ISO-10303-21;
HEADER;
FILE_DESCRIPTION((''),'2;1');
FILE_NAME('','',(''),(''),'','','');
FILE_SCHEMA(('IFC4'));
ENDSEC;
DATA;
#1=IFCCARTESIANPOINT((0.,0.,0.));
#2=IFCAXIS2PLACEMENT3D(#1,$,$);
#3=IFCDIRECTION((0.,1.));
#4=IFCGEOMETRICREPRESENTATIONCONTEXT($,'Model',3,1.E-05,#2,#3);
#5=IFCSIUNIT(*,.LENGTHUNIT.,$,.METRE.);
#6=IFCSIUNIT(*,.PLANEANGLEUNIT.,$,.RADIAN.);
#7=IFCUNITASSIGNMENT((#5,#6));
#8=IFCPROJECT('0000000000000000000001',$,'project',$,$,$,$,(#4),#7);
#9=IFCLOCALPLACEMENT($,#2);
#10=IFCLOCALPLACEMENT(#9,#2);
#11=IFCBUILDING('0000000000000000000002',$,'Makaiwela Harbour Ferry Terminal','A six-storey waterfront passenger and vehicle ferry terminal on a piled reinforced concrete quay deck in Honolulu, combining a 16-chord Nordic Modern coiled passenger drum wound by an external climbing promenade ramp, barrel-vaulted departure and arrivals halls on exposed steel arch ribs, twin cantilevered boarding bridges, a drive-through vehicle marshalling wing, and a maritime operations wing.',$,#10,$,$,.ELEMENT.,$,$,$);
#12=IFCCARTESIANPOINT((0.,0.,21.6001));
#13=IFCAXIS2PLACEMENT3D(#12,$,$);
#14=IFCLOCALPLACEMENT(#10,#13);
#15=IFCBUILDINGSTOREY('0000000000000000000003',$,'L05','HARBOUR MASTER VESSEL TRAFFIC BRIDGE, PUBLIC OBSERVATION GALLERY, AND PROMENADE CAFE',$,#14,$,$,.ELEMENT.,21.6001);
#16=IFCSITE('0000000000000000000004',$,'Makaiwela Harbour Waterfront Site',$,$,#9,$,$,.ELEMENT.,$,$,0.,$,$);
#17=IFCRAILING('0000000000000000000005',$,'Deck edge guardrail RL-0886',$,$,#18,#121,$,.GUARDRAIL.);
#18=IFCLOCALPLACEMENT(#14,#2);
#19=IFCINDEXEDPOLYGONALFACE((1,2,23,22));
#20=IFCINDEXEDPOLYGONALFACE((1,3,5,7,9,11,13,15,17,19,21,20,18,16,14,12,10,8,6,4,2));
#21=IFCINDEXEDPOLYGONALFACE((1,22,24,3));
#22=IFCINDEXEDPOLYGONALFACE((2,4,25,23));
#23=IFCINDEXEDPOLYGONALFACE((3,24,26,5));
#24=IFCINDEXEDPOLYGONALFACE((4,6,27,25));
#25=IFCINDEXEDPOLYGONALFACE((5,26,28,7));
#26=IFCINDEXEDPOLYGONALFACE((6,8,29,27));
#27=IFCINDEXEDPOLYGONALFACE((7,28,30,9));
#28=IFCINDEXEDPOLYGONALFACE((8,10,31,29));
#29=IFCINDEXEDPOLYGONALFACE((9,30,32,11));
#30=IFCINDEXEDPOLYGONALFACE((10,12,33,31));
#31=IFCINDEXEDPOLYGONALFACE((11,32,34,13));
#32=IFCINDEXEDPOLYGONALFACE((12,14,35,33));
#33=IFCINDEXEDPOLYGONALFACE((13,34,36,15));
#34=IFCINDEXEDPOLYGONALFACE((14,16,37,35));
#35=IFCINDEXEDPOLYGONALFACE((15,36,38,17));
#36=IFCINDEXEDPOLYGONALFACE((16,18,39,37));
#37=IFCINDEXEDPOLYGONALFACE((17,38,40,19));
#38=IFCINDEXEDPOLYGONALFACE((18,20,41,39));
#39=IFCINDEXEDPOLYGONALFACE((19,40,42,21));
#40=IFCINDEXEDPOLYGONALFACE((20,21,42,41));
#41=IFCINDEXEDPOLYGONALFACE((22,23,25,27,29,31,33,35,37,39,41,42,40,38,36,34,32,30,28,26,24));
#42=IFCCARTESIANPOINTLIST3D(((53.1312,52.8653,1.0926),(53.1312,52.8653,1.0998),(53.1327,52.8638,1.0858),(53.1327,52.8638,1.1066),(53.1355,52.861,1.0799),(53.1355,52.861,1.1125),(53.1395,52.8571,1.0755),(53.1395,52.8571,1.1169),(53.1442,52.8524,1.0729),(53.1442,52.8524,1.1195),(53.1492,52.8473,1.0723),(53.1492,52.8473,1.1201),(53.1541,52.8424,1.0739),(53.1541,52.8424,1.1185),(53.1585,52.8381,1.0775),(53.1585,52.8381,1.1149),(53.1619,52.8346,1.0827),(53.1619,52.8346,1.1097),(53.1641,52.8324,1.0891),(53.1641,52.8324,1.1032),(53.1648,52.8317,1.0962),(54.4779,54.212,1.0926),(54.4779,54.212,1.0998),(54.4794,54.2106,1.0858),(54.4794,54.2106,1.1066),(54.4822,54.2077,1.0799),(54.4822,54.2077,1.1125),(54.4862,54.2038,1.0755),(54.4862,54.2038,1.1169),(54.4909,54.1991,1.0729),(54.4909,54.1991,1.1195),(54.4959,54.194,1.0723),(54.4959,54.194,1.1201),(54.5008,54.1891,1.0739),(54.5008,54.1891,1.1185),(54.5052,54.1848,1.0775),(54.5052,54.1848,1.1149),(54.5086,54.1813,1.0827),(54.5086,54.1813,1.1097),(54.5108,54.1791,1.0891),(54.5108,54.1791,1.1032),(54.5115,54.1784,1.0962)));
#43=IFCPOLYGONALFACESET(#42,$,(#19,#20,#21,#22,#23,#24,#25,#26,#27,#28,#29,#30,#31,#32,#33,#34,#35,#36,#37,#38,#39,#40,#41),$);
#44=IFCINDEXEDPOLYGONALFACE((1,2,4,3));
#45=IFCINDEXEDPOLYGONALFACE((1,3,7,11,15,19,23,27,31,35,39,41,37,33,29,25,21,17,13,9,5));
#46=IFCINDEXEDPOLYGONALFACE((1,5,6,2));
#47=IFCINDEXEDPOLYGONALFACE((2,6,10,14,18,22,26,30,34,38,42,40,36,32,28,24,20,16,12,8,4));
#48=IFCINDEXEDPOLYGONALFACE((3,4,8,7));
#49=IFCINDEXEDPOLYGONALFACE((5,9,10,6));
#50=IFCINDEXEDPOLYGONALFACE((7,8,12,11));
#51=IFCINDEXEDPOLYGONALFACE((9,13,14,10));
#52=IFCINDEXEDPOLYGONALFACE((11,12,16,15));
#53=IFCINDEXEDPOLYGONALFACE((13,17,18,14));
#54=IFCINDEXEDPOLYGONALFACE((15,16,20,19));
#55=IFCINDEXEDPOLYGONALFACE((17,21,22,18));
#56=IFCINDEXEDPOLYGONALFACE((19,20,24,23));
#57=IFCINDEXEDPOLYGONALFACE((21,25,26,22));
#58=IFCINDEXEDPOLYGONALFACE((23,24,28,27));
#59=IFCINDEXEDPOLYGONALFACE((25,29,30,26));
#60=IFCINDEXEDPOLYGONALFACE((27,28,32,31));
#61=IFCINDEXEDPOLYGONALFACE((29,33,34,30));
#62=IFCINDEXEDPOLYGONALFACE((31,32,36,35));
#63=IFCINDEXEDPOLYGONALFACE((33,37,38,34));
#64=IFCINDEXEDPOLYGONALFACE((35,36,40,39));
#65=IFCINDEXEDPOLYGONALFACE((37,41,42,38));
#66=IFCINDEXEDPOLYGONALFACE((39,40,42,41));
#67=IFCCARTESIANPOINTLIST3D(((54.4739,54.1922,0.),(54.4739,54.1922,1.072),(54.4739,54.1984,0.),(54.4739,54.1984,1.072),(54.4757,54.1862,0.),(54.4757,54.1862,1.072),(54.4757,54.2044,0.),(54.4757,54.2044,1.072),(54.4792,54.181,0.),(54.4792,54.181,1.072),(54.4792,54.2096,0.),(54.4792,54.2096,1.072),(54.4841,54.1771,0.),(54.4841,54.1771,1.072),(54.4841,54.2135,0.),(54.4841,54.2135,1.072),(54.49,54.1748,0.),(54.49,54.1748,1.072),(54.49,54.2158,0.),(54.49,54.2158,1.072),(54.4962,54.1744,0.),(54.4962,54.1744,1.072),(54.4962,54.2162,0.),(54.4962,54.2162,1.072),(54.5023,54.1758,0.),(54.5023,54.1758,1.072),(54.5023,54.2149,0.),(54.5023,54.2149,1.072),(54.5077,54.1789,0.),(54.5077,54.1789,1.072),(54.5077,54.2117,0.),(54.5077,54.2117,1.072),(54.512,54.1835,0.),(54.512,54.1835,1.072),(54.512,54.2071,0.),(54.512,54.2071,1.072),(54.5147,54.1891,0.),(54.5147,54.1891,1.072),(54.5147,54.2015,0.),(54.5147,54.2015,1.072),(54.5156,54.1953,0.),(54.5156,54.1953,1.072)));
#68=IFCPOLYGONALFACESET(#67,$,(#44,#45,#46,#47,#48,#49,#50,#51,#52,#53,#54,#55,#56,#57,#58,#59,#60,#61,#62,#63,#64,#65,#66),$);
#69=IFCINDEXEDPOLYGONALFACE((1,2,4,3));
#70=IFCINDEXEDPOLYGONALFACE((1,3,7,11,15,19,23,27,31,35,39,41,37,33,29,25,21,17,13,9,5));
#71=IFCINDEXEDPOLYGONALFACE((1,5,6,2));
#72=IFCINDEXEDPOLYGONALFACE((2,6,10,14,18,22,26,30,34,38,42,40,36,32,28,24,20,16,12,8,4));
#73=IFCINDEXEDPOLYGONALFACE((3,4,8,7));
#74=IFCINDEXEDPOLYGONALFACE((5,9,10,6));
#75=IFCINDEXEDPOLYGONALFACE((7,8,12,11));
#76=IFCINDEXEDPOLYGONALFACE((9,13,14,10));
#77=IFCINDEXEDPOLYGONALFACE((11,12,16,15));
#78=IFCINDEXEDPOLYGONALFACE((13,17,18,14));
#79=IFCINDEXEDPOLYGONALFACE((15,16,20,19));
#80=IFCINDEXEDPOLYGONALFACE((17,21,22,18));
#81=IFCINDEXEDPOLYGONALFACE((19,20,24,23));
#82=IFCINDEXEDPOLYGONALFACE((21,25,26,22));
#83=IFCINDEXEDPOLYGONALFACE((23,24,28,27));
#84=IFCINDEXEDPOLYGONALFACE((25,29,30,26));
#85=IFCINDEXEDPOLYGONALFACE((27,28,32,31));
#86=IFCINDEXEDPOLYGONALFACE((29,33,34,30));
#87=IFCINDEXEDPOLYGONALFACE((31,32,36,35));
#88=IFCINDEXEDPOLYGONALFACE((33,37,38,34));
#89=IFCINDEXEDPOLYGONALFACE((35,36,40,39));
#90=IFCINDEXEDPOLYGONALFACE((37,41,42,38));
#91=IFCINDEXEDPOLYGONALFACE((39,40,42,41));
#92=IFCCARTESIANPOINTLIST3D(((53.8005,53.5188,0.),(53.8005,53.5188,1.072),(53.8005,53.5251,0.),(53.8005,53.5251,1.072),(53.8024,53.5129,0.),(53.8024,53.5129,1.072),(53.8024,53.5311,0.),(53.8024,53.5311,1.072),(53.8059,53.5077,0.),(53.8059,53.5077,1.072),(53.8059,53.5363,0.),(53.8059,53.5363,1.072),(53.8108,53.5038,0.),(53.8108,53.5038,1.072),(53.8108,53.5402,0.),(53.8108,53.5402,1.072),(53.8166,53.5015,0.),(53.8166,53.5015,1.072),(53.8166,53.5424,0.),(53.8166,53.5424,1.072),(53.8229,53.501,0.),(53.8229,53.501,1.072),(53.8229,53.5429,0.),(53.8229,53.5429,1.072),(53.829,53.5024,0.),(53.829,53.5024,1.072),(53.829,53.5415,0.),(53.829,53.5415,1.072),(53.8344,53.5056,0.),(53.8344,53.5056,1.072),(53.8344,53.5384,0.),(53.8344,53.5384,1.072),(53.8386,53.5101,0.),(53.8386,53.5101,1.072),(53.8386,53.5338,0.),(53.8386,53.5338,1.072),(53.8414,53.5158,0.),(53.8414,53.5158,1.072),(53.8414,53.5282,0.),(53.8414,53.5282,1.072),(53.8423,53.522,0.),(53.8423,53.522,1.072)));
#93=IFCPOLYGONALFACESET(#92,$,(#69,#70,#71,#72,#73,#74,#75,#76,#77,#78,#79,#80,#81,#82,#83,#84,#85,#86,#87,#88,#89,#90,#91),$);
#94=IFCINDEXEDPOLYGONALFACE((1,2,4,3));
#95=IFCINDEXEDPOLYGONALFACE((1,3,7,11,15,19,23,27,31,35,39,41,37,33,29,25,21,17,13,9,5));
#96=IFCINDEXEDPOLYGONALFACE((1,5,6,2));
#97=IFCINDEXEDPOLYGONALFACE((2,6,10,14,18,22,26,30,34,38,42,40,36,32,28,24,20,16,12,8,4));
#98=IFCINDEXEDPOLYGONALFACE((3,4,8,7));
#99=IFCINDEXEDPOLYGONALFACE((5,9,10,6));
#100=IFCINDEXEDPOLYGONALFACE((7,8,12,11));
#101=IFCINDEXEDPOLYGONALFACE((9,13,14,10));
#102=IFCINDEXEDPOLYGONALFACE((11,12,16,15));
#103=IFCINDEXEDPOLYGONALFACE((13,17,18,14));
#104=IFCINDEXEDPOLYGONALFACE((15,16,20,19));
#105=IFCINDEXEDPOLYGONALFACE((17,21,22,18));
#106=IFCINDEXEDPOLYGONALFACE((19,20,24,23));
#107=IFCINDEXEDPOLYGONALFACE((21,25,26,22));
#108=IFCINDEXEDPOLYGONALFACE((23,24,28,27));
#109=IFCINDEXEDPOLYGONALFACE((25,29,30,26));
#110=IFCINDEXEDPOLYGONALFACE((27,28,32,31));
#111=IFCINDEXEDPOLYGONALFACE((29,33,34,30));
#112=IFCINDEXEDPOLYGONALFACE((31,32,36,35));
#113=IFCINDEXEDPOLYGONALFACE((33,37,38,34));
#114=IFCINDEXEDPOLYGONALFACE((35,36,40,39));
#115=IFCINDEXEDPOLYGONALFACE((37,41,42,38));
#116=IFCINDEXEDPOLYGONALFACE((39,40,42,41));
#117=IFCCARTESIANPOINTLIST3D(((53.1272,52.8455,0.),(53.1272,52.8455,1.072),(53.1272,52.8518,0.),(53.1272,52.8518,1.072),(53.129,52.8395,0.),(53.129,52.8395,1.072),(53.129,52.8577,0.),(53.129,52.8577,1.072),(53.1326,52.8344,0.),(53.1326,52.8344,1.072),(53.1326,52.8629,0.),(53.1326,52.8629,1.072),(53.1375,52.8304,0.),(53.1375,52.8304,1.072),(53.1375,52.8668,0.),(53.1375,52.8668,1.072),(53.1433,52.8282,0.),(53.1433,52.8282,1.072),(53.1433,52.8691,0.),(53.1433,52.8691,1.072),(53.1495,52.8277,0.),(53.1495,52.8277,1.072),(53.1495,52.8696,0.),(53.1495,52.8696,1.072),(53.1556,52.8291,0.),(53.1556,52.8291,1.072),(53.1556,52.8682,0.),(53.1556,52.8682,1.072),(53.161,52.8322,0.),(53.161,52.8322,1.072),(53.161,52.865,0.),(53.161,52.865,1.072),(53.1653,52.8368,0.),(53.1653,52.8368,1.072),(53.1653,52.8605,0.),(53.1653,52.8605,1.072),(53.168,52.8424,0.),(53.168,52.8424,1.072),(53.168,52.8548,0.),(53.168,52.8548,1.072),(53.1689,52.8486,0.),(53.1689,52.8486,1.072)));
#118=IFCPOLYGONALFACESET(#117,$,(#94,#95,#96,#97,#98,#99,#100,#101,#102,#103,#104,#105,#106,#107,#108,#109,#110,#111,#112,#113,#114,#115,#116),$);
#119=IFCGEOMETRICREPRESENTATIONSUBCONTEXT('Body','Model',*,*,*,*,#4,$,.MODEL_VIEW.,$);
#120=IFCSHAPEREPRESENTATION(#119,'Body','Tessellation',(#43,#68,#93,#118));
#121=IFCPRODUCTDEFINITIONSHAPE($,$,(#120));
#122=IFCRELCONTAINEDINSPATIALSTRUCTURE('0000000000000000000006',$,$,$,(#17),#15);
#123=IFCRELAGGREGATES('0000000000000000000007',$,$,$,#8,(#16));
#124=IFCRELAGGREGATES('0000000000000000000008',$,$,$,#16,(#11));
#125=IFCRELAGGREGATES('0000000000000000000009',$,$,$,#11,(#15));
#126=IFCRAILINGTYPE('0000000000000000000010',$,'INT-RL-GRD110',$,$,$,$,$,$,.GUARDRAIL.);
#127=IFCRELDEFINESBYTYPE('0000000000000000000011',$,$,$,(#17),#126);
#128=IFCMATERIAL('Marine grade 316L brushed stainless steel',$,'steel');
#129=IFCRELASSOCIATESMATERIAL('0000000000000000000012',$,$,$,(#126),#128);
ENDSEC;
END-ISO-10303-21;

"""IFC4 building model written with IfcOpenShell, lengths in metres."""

from ifc_helpers import new_model, si_unit, direction, frame, origin, origin_2d, place, context, subcontext, project, spatial, circle, extrude, material, type_object, element, save


model = new_model("IFC4")

# Units and contexts
model_context = context("Model", 3, precision=1e-05, world=origin(), true_north=direction((0.0, 1.0)))
body_context = subcontext(model_context, "Body", "Model", "MODEL_VIEW")
ifc_project = project(units=[si_unit("LENGTHUNIT", "METRE"), si_unit("PLANEANGLEUNIT", "RADIAN")], contexts=[model_context])

# Site, building, storey
site_placement = place(None, origin())
site = spatial("IfcSite", under=ifc_project, at=site_placement, Name="Makaiwela Harbour Waterfront Site", CompositionType="ELEMENT", RefElevation=0.0)
building_placement = place(site_placement, origin())
building = spatial("IfcBuilding", under=site, at=building_placement, Name="Makaiwela Harbour Ferry Terminal", Description="A six-storey waterfront passenger and vehicle ferry terminal on a piled reinforced concrete quay deck in Honolulu, combining a 16-chord Nordic Modern coiled passenger drum wound by an external climbing promenade ramp, barrel-vaulted departure and arrivals halls on exposed steel arch ribs, twin cantilevered boarding bridges, a drive-through vehicle marshalling wing, and a maritime operations wing.", CompositionType="ELEMENT")
storey_placement = place(building_placement, frame((0.0, 0.0, 21.6001)))
storey = spatial("IfcBuildingStorey", under=building, at=storey_placement, Name="L05", Description="HARBOUR MASTER VESSEL TRAFFIC BRIDGE, PUBLIC OBSERVATION GALLERY, AND PROMENADE CAFE", CompositionType="ELEMENT", Elevation=21.6001)

# Railing
ifc_material_1 = material(Name="Marine grade 316L brushed stainless steel", Category="steel")
railing_type = type_object("IfcRailingType", Name="INT-RL-GRD110", PredefinedType="GUARDRAIL", material=ifc_material_1)
railing_1_placement = place(storey_placement, frame((54.4946, 54.1953, 0.0)))
element("IfcRailing", 1, at=railing_1_placement, inside=storey, type_object=railing_type, Name="Deck edge guardrail RL-0886", PredefinedType="GUARDRAIL", context=body_context, shape_type="SweptSolid", body=[
    extrude(circle(Radius=0.0239, at=origin_2d()), frame((0.0, 0.0, 1.0962), z_axis=(-0.707107, -0.707107, 0.0), x_axis=(0.707107, -0.707107, 0.0)), (0.0, 0.0, 1.0), 1.9045),
    extrude(circle(Radius=0.021, at=origin_2d()), origin(), (0.0, 0.0, 1.0), 1.072),
    extrude(circle(Radius=0.021, at=origin_2d()), frame((-0.6733, -0.6733, 0.0)), (0.0, 0.0, 1.0), 1.072),
    extrude(circle(Radius=0.021, at=origin_2d()), frame((-1.3467, -1.3467, 0.0)), (0.0, 0.0, 1.0), 1.072),
])

save(model, "model.ifc")
